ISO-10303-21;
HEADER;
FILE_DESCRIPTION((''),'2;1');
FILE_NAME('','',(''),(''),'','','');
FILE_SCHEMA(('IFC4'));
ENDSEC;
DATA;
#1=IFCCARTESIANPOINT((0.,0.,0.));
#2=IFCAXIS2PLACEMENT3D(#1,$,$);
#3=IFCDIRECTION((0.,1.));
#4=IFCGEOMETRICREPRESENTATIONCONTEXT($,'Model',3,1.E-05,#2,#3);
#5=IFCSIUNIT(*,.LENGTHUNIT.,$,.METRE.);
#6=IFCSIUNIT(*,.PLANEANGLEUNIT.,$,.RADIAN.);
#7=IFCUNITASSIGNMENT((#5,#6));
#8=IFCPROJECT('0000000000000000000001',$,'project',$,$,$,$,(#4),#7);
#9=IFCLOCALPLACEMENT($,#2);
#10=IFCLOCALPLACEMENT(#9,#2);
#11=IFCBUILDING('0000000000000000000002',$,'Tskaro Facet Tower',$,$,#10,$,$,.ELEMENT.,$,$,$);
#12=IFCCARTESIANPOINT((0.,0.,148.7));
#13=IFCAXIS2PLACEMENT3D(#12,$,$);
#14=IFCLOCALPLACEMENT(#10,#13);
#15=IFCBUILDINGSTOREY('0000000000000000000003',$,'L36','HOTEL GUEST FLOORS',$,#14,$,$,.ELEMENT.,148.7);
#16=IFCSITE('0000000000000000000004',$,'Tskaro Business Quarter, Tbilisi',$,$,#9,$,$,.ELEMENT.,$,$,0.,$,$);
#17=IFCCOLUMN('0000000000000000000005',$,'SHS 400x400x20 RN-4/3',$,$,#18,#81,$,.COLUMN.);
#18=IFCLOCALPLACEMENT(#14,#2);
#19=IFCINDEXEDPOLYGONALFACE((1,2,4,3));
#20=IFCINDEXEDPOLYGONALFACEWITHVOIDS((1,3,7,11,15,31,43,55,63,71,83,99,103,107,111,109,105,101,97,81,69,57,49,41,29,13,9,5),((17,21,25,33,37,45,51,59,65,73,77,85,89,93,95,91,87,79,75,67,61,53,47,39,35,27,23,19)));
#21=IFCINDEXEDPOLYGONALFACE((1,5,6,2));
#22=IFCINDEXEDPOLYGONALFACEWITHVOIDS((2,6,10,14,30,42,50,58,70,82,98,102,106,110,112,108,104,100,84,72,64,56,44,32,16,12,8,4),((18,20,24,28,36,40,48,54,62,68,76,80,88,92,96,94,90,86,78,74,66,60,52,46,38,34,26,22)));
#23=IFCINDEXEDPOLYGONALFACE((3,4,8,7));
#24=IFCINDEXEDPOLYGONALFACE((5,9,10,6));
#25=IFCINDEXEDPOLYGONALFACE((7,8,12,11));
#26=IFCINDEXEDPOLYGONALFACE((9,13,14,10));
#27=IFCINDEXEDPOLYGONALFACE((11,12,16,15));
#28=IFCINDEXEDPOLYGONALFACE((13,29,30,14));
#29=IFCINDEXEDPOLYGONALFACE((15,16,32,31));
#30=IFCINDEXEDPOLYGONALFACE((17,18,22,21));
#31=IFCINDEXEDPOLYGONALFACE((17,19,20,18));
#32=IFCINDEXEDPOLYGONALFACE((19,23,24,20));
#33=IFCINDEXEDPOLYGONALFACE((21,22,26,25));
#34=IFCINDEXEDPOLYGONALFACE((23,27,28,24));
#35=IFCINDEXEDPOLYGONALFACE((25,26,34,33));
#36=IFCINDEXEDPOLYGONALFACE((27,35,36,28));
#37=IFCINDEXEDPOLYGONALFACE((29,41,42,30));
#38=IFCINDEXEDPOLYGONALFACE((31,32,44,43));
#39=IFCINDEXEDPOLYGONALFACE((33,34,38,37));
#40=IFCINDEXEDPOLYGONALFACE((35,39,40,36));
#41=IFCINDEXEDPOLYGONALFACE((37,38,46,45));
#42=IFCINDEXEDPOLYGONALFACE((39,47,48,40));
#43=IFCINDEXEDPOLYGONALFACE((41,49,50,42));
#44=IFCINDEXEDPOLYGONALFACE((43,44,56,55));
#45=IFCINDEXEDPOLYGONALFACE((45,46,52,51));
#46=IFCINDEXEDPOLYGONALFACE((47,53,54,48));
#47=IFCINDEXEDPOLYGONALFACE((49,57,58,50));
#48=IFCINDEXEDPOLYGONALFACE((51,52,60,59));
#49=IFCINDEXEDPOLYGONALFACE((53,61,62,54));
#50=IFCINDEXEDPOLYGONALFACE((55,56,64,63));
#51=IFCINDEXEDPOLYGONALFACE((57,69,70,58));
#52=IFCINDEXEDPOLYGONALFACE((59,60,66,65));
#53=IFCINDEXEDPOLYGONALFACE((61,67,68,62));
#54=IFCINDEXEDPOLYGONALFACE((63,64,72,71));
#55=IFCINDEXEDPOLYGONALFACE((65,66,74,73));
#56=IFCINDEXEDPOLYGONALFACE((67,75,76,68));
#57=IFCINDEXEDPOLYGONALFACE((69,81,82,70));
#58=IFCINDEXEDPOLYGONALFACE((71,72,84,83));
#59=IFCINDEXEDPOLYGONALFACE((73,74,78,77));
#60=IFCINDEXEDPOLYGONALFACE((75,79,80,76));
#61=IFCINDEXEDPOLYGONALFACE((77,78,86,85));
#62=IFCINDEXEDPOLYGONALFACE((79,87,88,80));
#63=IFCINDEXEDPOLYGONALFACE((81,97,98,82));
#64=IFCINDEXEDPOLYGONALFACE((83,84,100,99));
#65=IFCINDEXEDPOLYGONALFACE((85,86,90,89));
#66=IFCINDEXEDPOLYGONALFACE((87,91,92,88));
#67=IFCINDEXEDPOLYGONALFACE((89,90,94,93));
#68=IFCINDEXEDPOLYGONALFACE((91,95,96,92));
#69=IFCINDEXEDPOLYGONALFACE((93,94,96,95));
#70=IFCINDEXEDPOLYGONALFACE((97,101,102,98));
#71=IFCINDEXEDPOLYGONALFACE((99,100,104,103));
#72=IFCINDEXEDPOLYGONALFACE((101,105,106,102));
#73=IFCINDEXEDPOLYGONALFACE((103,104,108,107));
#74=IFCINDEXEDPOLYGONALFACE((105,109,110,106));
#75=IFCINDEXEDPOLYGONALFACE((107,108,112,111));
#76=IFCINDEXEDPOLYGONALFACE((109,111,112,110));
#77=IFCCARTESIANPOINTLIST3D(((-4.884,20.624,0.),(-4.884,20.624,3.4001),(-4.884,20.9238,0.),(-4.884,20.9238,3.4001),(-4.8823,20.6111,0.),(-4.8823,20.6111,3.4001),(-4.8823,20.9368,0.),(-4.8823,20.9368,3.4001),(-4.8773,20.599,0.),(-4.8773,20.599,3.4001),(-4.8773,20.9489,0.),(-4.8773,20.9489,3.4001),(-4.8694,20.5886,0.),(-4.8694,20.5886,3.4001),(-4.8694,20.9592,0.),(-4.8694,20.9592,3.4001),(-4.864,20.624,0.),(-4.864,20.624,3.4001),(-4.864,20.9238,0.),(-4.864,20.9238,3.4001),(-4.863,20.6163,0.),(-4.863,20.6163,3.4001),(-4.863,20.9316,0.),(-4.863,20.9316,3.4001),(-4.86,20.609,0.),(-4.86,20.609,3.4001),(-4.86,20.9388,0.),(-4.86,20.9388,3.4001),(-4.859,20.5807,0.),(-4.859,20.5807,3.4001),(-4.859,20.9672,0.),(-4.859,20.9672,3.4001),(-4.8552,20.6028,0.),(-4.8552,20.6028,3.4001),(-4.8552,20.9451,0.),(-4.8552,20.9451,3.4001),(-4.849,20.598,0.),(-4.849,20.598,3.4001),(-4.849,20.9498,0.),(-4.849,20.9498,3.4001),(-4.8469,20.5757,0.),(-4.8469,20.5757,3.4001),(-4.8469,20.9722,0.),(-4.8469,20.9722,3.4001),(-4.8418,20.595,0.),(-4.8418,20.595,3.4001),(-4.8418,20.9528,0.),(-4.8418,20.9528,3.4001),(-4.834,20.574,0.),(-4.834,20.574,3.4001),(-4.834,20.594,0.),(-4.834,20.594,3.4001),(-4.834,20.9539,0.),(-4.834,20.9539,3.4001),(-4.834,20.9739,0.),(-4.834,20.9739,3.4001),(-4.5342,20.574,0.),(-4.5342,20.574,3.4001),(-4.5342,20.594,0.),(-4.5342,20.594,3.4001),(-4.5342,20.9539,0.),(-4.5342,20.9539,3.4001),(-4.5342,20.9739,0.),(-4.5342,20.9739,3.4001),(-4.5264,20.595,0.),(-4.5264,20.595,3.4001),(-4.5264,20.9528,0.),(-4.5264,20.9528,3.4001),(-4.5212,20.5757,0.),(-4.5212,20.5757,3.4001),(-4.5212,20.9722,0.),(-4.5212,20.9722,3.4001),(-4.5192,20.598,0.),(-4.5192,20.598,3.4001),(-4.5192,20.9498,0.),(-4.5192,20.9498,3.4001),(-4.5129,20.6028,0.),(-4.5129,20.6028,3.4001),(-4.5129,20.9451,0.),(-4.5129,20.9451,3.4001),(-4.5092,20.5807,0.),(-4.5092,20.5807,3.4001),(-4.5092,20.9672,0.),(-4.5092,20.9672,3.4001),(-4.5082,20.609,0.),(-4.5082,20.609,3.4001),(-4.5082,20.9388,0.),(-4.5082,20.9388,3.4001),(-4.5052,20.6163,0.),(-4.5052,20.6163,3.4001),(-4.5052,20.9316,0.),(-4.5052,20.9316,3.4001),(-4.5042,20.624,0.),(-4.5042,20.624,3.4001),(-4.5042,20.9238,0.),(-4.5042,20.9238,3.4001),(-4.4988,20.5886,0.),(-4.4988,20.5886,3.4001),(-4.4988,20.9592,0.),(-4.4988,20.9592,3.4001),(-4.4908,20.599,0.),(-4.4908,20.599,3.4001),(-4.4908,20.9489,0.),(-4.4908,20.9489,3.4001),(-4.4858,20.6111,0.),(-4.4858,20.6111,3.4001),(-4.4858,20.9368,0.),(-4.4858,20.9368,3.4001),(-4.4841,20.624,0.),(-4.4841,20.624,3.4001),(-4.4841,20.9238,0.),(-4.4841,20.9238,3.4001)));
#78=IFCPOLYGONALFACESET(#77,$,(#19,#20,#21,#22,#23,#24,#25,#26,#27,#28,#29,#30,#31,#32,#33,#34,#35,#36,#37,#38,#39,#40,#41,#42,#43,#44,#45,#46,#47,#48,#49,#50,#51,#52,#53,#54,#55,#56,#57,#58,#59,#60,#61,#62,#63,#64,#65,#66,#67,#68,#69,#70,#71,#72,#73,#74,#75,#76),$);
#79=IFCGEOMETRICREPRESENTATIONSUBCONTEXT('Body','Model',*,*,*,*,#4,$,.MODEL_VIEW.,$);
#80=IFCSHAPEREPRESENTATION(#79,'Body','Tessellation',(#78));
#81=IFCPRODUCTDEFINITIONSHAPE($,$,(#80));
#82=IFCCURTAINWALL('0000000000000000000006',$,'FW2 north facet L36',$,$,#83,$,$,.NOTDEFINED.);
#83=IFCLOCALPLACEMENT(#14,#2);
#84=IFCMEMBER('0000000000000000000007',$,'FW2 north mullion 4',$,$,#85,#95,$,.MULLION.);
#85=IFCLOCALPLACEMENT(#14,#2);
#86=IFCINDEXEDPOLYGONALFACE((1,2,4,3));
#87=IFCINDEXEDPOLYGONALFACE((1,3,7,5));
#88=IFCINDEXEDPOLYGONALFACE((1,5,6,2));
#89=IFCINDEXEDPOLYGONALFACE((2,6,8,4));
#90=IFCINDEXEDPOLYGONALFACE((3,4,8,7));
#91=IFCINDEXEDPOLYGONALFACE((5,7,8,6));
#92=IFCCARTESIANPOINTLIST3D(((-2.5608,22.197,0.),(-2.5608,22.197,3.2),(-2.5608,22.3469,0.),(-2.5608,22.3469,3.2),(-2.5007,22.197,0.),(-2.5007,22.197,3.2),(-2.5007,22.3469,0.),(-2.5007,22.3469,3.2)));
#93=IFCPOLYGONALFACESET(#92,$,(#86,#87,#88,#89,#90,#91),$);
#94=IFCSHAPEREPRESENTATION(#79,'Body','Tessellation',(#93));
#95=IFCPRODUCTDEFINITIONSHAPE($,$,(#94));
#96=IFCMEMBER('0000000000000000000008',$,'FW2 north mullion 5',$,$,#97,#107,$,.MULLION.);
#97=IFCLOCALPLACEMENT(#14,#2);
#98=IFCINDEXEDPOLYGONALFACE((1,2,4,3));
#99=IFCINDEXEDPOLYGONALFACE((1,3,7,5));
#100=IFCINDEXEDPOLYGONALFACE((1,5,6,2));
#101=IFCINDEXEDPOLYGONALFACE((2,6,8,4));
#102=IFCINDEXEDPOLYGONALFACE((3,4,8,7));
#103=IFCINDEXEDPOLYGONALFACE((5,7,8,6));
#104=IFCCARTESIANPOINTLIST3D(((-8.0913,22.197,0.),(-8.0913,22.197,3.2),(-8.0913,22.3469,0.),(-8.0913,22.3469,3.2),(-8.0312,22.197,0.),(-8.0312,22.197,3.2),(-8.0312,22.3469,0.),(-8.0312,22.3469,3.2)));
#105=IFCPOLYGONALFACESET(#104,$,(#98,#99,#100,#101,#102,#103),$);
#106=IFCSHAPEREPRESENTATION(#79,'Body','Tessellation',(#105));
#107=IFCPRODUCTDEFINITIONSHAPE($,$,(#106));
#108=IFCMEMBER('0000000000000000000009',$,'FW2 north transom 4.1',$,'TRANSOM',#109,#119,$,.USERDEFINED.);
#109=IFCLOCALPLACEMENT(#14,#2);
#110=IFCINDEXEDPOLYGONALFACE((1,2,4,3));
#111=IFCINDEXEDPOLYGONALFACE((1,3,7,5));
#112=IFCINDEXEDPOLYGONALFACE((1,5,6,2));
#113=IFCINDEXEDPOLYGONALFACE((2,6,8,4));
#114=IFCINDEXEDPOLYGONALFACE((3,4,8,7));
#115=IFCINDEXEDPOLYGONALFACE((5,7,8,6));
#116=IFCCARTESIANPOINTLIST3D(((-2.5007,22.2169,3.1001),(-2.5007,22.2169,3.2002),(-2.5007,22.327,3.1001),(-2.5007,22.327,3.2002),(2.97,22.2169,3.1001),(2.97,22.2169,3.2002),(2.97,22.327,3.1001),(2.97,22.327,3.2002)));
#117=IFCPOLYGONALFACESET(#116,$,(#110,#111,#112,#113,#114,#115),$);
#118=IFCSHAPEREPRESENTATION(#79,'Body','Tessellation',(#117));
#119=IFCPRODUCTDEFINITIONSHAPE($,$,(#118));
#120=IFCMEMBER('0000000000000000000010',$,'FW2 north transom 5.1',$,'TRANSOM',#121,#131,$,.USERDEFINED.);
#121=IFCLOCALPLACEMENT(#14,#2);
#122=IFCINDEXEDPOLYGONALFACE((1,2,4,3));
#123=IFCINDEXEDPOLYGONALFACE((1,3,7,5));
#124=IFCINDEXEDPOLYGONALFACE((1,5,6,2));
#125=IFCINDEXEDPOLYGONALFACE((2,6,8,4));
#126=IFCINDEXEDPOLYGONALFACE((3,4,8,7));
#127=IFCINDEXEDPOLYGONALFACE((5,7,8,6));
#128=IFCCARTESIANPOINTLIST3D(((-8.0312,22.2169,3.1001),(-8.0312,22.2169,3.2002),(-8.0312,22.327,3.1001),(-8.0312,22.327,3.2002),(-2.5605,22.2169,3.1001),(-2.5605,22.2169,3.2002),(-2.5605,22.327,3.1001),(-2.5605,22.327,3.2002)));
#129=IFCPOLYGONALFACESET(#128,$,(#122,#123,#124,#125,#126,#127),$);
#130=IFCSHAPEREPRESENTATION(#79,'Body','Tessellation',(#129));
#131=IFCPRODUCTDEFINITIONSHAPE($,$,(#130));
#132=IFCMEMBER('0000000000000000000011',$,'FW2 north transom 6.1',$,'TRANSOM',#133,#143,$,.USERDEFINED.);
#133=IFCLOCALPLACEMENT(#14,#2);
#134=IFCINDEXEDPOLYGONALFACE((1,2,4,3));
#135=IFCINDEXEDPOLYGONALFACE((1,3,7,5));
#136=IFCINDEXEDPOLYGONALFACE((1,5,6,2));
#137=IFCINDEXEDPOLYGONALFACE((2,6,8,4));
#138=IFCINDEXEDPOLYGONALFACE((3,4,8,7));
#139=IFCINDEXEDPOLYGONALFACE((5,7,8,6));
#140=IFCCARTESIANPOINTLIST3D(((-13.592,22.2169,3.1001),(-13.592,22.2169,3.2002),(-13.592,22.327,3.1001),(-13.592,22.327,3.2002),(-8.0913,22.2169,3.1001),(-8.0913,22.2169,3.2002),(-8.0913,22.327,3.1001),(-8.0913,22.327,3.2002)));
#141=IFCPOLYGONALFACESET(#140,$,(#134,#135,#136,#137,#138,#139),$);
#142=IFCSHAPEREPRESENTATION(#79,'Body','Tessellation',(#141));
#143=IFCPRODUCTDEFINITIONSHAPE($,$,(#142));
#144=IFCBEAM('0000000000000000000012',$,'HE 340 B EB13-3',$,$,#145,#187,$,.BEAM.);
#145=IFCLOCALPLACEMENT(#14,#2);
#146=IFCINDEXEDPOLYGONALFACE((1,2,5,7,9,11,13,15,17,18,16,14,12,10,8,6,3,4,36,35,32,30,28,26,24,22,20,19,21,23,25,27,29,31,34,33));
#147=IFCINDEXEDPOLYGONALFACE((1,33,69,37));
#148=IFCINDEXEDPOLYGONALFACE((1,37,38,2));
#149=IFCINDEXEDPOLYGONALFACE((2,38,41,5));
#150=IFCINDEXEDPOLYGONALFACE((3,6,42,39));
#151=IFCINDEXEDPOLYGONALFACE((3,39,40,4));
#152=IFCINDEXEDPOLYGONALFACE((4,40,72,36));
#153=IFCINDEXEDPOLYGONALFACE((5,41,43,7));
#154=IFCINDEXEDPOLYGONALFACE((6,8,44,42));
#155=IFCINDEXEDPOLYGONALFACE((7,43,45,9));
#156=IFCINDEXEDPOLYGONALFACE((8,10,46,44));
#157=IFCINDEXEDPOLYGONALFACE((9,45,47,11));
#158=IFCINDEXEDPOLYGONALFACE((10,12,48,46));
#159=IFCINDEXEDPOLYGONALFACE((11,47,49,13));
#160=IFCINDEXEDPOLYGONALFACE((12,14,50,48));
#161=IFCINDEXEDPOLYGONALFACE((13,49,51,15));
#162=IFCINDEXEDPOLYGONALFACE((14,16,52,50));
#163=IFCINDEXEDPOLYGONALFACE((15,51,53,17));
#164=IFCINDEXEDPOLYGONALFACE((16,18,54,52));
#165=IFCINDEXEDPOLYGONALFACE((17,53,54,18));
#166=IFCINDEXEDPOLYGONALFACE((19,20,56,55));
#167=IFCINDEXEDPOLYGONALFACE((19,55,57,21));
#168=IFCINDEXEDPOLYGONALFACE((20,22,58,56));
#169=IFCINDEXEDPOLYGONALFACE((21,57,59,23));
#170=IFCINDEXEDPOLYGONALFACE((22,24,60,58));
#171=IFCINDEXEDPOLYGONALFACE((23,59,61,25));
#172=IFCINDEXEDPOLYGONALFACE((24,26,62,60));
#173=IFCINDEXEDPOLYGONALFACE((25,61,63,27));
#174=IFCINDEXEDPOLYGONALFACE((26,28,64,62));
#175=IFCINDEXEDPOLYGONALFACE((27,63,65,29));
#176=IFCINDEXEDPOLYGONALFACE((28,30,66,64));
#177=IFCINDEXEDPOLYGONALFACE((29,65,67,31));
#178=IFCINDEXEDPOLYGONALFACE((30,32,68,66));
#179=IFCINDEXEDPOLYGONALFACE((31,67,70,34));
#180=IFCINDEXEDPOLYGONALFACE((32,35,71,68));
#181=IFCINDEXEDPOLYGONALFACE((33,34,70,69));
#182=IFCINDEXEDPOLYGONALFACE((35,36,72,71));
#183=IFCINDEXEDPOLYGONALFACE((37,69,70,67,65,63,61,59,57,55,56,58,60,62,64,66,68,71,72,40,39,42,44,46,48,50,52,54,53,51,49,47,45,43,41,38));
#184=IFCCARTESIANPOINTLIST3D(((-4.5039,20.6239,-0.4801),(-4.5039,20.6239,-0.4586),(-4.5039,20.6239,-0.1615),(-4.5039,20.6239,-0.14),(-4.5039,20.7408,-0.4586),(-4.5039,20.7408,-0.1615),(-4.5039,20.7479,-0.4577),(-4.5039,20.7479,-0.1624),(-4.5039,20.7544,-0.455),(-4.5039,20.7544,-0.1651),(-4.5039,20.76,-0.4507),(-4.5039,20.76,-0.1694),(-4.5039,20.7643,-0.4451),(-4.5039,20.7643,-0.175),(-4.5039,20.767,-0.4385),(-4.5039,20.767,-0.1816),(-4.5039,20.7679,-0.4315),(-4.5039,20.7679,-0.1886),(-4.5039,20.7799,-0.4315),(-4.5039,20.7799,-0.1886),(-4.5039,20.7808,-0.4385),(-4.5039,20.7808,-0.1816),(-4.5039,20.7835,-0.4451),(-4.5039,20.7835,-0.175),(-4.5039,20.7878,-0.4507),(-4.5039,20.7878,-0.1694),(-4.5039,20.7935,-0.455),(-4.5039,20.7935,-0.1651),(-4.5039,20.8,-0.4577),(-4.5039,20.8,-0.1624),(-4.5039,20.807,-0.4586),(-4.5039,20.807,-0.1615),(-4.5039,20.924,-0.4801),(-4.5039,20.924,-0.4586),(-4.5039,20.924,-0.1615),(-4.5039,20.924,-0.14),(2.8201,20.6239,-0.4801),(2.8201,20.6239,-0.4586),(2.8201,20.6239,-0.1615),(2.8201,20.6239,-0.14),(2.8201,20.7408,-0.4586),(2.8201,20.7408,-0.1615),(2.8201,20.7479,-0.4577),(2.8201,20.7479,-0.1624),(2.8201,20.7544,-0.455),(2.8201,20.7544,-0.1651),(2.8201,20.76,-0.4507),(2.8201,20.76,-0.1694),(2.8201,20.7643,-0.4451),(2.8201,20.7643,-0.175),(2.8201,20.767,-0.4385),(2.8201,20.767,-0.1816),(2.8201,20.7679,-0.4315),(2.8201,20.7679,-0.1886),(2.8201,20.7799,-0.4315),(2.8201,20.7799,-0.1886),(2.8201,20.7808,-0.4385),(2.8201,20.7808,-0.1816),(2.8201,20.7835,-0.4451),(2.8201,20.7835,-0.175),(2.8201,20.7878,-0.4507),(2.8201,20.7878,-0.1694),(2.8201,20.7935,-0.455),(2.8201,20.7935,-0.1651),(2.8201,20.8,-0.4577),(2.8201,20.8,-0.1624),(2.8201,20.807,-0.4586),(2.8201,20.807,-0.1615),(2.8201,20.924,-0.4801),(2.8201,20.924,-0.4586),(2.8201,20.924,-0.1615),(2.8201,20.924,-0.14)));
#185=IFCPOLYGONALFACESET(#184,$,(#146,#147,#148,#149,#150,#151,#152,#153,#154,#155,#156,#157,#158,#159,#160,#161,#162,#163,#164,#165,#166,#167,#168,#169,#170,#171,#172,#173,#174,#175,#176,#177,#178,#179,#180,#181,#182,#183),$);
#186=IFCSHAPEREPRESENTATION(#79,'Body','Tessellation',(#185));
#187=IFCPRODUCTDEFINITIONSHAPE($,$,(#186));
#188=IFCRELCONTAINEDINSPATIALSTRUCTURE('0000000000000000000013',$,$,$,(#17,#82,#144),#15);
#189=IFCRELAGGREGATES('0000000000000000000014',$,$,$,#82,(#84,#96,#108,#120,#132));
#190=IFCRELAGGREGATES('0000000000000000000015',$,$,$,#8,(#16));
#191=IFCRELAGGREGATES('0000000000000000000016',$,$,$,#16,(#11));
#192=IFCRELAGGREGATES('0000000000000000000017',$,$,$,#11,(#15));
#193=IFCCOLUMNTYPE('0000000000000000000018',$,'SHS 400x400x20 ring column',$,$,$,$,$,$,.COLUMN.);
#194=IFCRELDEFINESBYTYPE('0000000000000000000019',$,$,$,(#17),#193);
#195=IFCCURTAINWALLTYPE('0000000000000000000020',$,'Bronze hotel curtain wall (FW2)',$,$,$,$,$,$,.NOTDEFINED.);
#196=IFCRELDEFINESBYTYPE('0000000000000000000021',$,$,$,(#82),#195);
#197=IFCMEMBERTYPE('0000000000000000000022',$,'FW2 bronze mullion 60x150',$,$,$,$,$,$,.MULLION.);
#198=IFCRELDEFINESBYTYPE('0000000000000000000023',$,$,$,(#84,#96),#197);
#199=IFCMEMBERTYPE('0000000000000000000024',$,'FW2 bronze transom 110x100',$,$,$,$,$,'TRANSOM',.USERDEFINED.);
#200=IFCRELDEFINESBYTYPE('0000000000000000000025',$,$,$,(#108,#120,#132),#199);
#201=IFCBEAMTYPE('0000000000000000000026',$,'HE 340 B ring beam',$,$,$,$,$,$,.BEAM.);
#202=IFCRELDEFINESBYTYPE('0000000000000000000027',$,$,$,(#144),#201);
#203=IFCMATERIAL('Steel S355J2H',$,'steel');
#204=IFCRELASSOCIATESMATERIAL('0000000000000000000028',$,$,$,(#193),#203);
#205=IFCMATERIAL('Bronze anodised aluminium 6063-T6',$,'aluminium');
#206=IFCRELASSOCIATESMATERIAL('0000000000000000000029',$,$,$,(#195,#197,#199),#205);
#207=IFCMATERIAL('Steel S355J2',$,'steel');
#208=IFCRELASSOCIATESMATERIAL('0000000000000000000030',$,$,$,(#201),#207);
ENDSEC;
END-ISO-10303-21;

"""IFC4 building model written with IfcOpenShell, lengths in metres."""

from ifc_helpers import new_model, si_unit, direction, frame, origin, origin_2d, place, context, subcontext, project, spatial, rectangle, hollow_rectangle, i_section, extrude, material, material_profile, profile_set, type_object, element, aggregate, save


model = new_model("IFC4")

# Units and contexts
model_context = context("Model", 3, precision=1e-05, world=origin(), true_north=direction((0.0, 1.0)))
body_context = subcontext(model_context, "Body", "Model", "MODEL_VIEW")
ifc_project = project(units=[si_unit("LENGTHUNIT", "METRE"), si_unit("PLANEANGLEUNIT", "RADIAN")], contexts=[model_context])

# Site, building, storey
site_placement = place(None, origin())
site = spatial("IfcSite", under=ifc_project, at=site_placement, Name="Tskaro Business Quarter, Tbilisi", CompositionType="ELEMENT", RefElevation=0.0)
building_placement = place(site_placement, origin())
building = spatial("IfcBuilding", under=site, at=building_placement, Name="Tskaro Facet Tower", CompositionType="ELEMENT")
storey_placement = place(building_placement, frame((0.0, 0.0, 148.7)))
storey = spatial("IfcBuildingStorey", under=building, at=storey_placement, Name="L36", Description="HOTEL GUEST FLOORS", CompositionType="ELEMENT", Elevation=148.7)

# Column
ifc_material_1 = material(Name="Steel S355J2H", Category="steel")
ifc_material_profile_1 = material_profile(ifc_material_1, hollow_rectangle(XDim=0.3999, YDim=0.3999, WallThickness=0.02, InnerFilletRadius=0.03, OuterFilletRadius=0.05, at=origin_2d()), Name="SHS 400x400x20")
ifc_profile_set_1 = profile_set([ifc_material_profile_1], Name="Steel S355J2H")
column_type = type_object("IfcColumnType", Name="SHS 400x400x20 ring column", PredefinedType="COLUMN", material=ifc_profile_set_1)
column_placement = place(storey_placement, frame((-4.6841, 20.7739, 0.0), z_axis=(0.0, 0.0, 1.0), x_axis=(1.0, 0.0, 0.0)))
element("IfcColumn", 1, at=column_placement, inside=storey, type_object=column_type, Name="SHS 400x400x20 RN-4/3", PredefinedType="COLUMN", context=body_context, shape_type="SweptSolid", body=[
    extrude(hollow_rectangle(XDim=0.3999, YDim=0.3999, WallThickness=0.02, InnerFilletRadius=0.03, OuterFilletRadius=0.05, at=origin_2d()), origin(), (0.0, 0.0, 1.0), 3.4001),
])

# Curtain wall, members
ifc_material_2 = material(Name="Bronze anodised aluminium 6063-T6", Category="aluminium")
curtain_wall_type = type_object("IfcCurtainWallType", Name="Bronze hotel curtain wall (FW2)", PredefinedType="NOTDEFINED", material=ifc_material_2)
curtain_wall_placement = place(storey_placement, origin())
curtain_wall = element("IfcCurtainWall", 2, at=curtain_wall_placement, inside=storey, type_object=curtain_wall_type, Name="FW2 north facet L36", PredefinedType="NOTDEFINED")
ifc_material_profile_2 = material_profile(ifc_material_2, rectangle(XDim=0.0601, YDim=0.1499, at=origin_2d()), Name="Mullion 60x150")
ifc_profile_set_2 = profile_set([ifc_material_profile_2], Name="Bronze anodised aluminium 6063-T6")
member_type_1 = type_object("IfcMemberType", Name="FW2 bronze mullion 60x150", PredefinedType="MULLION", material=ifc_profile_set_2)
member_1_placement = place(storey_placement, frame((-2.5308, 22.272, 0.0), z_axis=(0.0, 0.0, 1.0), x_axis=(-1.0, 0.0, 0.0)))
member_1 = element("IfcMember", 3, at=member_1_placement, type_object=member_type_1, Name="FW2 north mullion 4", PredefinedType="MULLION", context=body_context, shape_type="SweptSolid", body=[
    extrude(rectangle(XDim=0.0601, YDim=0.1499, at=origin_2d()), origin(), (0.0, 0.0, 1.0), 3.2),
])
member_2_placement = place(storey_placement, frame((-8.0613, 22.272, 0.0), z_axis=(0.0, 0.0, 1.0), x_axis=(-1.0, 0.0, 0.0)))
member_2 = element("IfcMember", 4, at=member_2_placement, type_object=member_type_1, Name="FW2 north mullion 5", PredefinedType="MULLION", context=body_context, shape_type="SweptSolid", body=[
    extrude(rectangle(XDim=0.0601, YDim=0.1499, at=origin_2d()), origin(), (0.0, 0.0, 1.0), 3.2),
])
ifc_material_profile_3 = material_profile(ifc_material_2, rectangle(XDim=0.1101, YDim=0.1001, at=origin_2d()), Name="Transom 110x100")
ifc_profile_set_3 = profile_set([ifc_material_profile_3], Name="Bronze anodised aluminium 6063-T6")
member_type_2 = type_object("IfcMemberType", Name="FW2 bronze transom 110x100", ElementType="TRANSOM", PredefinedType="USERDEFINED", material=ifc_profile_set_3)
member_3_placement = place(storey_placement, frame((2.97, 22.272, 3.1501), z_axis=(-1.0, 0.0, 0.0), x_axis=(0.0, -1.0, 0.0)))
member_3 = element("IfcMember", 5, at=member_3_placement, type_object=member_type_2, Name="FW2 north transom 4.1", ObjectType="TRANSOM", PredefinedType="USERDEFINED", context=body_context, shape_type="SweptSolid", body=[
    extrude(rectangle(XDim=0.1101, YDim=0.1001, at=origin_2d()), origin(), (0.0, 0.0, 1.0), 5.4707),
])
member_4_placement = place(storey_placement, frame((-2.5605, 22.272, 3.1501), z_axis=(-1.0, 0.0, 0.0), x_axis=(0.0, -1.0, 0.0)))
member_4 = element("IfcMember", 6, at=member_4_placement, type_object=member_type_2, Name="FW2 north transom 5.1", ObjectType="TRANSOM", PredefinedType="USERDEFINED", context=body_context, shape_type="SweptSolid", body=[
    extrude(rectangle(XDim=0.1101, YDim=0.1001, at=origin_2d()), origin(), (0.0, 0.0, 1.0), 5.4707),
])
member_5_placement = place(storey_placement, frame((-8.0913, 22.272, 3.1501), z_axis=(-1.0, 0.0, 0.0), x_axis=(0.0, -1.0, 0.0)))
member_5 = element("IfcMember", 7, at=member_5_placement, type_object=member_type_2, Name="FW2 north transom 6.1", ObjectType="TRANSOM", PredefinedType="USERDEFINED", context=body_context, shape_type="SweptSolid", body=[
    extrude(rectangle(XDim=0.1101, YDim=0.1001, at=origin_2d()), origin(), (0.0, 0.0, 1.0), 5.5007),
])

# Beam
ifc_material_3 = material(Name="Steel S355J2", Category="steel")
ifc_material_profile_4 = material_profile(ifc_material_3, i_section(OverallWidth=0.3, OverallDepth=0.3401, WebThickness=0.012, FlangeThickness=0.0215, FilletRadius=0.0271, at=origin_2d()), Name="HE 340 B")
ifc_profile_set_4 = profile_set([ifc_material_profile_4], Name="Steel S355J2")
beam_type_1 = type_object("IfcBeamType", Name="HE 340 B ring beam", PredefinedType="BEAM", material=ifc_profile_set_4)
for number, where, z_axis, x_axis, name in (
    (8, (2.8201, 20.7739, -0.3101), (-1.0, 0.0, 0.0), (0.0, -1.0, 0.0), "HE 340 B EB13-3"),
):
    element("IfcBeam", number, at=place(storey_placement, frame(where, z_axis=z_axis, x_axis=x_axis)), inside=storey, type_object=beam_type_1, Name=name, PredefinedType="BEAM", context=body_context, shape_type="SweptSolid", body=[
        extrude(i_section(OverallWidth=0.3, OverallDepth=0.3401, WebThickness=0.012, FlangeThickness=0.0215, FilletRadius=0.0271, at=origin_2d()), origin(), (0.0, 0.0, 1.0), 7.324),
    ])

aggregate(curtain_wall, [member_1, member_2, member_3, member_4, member_5])

save(model, "model.ifc")
